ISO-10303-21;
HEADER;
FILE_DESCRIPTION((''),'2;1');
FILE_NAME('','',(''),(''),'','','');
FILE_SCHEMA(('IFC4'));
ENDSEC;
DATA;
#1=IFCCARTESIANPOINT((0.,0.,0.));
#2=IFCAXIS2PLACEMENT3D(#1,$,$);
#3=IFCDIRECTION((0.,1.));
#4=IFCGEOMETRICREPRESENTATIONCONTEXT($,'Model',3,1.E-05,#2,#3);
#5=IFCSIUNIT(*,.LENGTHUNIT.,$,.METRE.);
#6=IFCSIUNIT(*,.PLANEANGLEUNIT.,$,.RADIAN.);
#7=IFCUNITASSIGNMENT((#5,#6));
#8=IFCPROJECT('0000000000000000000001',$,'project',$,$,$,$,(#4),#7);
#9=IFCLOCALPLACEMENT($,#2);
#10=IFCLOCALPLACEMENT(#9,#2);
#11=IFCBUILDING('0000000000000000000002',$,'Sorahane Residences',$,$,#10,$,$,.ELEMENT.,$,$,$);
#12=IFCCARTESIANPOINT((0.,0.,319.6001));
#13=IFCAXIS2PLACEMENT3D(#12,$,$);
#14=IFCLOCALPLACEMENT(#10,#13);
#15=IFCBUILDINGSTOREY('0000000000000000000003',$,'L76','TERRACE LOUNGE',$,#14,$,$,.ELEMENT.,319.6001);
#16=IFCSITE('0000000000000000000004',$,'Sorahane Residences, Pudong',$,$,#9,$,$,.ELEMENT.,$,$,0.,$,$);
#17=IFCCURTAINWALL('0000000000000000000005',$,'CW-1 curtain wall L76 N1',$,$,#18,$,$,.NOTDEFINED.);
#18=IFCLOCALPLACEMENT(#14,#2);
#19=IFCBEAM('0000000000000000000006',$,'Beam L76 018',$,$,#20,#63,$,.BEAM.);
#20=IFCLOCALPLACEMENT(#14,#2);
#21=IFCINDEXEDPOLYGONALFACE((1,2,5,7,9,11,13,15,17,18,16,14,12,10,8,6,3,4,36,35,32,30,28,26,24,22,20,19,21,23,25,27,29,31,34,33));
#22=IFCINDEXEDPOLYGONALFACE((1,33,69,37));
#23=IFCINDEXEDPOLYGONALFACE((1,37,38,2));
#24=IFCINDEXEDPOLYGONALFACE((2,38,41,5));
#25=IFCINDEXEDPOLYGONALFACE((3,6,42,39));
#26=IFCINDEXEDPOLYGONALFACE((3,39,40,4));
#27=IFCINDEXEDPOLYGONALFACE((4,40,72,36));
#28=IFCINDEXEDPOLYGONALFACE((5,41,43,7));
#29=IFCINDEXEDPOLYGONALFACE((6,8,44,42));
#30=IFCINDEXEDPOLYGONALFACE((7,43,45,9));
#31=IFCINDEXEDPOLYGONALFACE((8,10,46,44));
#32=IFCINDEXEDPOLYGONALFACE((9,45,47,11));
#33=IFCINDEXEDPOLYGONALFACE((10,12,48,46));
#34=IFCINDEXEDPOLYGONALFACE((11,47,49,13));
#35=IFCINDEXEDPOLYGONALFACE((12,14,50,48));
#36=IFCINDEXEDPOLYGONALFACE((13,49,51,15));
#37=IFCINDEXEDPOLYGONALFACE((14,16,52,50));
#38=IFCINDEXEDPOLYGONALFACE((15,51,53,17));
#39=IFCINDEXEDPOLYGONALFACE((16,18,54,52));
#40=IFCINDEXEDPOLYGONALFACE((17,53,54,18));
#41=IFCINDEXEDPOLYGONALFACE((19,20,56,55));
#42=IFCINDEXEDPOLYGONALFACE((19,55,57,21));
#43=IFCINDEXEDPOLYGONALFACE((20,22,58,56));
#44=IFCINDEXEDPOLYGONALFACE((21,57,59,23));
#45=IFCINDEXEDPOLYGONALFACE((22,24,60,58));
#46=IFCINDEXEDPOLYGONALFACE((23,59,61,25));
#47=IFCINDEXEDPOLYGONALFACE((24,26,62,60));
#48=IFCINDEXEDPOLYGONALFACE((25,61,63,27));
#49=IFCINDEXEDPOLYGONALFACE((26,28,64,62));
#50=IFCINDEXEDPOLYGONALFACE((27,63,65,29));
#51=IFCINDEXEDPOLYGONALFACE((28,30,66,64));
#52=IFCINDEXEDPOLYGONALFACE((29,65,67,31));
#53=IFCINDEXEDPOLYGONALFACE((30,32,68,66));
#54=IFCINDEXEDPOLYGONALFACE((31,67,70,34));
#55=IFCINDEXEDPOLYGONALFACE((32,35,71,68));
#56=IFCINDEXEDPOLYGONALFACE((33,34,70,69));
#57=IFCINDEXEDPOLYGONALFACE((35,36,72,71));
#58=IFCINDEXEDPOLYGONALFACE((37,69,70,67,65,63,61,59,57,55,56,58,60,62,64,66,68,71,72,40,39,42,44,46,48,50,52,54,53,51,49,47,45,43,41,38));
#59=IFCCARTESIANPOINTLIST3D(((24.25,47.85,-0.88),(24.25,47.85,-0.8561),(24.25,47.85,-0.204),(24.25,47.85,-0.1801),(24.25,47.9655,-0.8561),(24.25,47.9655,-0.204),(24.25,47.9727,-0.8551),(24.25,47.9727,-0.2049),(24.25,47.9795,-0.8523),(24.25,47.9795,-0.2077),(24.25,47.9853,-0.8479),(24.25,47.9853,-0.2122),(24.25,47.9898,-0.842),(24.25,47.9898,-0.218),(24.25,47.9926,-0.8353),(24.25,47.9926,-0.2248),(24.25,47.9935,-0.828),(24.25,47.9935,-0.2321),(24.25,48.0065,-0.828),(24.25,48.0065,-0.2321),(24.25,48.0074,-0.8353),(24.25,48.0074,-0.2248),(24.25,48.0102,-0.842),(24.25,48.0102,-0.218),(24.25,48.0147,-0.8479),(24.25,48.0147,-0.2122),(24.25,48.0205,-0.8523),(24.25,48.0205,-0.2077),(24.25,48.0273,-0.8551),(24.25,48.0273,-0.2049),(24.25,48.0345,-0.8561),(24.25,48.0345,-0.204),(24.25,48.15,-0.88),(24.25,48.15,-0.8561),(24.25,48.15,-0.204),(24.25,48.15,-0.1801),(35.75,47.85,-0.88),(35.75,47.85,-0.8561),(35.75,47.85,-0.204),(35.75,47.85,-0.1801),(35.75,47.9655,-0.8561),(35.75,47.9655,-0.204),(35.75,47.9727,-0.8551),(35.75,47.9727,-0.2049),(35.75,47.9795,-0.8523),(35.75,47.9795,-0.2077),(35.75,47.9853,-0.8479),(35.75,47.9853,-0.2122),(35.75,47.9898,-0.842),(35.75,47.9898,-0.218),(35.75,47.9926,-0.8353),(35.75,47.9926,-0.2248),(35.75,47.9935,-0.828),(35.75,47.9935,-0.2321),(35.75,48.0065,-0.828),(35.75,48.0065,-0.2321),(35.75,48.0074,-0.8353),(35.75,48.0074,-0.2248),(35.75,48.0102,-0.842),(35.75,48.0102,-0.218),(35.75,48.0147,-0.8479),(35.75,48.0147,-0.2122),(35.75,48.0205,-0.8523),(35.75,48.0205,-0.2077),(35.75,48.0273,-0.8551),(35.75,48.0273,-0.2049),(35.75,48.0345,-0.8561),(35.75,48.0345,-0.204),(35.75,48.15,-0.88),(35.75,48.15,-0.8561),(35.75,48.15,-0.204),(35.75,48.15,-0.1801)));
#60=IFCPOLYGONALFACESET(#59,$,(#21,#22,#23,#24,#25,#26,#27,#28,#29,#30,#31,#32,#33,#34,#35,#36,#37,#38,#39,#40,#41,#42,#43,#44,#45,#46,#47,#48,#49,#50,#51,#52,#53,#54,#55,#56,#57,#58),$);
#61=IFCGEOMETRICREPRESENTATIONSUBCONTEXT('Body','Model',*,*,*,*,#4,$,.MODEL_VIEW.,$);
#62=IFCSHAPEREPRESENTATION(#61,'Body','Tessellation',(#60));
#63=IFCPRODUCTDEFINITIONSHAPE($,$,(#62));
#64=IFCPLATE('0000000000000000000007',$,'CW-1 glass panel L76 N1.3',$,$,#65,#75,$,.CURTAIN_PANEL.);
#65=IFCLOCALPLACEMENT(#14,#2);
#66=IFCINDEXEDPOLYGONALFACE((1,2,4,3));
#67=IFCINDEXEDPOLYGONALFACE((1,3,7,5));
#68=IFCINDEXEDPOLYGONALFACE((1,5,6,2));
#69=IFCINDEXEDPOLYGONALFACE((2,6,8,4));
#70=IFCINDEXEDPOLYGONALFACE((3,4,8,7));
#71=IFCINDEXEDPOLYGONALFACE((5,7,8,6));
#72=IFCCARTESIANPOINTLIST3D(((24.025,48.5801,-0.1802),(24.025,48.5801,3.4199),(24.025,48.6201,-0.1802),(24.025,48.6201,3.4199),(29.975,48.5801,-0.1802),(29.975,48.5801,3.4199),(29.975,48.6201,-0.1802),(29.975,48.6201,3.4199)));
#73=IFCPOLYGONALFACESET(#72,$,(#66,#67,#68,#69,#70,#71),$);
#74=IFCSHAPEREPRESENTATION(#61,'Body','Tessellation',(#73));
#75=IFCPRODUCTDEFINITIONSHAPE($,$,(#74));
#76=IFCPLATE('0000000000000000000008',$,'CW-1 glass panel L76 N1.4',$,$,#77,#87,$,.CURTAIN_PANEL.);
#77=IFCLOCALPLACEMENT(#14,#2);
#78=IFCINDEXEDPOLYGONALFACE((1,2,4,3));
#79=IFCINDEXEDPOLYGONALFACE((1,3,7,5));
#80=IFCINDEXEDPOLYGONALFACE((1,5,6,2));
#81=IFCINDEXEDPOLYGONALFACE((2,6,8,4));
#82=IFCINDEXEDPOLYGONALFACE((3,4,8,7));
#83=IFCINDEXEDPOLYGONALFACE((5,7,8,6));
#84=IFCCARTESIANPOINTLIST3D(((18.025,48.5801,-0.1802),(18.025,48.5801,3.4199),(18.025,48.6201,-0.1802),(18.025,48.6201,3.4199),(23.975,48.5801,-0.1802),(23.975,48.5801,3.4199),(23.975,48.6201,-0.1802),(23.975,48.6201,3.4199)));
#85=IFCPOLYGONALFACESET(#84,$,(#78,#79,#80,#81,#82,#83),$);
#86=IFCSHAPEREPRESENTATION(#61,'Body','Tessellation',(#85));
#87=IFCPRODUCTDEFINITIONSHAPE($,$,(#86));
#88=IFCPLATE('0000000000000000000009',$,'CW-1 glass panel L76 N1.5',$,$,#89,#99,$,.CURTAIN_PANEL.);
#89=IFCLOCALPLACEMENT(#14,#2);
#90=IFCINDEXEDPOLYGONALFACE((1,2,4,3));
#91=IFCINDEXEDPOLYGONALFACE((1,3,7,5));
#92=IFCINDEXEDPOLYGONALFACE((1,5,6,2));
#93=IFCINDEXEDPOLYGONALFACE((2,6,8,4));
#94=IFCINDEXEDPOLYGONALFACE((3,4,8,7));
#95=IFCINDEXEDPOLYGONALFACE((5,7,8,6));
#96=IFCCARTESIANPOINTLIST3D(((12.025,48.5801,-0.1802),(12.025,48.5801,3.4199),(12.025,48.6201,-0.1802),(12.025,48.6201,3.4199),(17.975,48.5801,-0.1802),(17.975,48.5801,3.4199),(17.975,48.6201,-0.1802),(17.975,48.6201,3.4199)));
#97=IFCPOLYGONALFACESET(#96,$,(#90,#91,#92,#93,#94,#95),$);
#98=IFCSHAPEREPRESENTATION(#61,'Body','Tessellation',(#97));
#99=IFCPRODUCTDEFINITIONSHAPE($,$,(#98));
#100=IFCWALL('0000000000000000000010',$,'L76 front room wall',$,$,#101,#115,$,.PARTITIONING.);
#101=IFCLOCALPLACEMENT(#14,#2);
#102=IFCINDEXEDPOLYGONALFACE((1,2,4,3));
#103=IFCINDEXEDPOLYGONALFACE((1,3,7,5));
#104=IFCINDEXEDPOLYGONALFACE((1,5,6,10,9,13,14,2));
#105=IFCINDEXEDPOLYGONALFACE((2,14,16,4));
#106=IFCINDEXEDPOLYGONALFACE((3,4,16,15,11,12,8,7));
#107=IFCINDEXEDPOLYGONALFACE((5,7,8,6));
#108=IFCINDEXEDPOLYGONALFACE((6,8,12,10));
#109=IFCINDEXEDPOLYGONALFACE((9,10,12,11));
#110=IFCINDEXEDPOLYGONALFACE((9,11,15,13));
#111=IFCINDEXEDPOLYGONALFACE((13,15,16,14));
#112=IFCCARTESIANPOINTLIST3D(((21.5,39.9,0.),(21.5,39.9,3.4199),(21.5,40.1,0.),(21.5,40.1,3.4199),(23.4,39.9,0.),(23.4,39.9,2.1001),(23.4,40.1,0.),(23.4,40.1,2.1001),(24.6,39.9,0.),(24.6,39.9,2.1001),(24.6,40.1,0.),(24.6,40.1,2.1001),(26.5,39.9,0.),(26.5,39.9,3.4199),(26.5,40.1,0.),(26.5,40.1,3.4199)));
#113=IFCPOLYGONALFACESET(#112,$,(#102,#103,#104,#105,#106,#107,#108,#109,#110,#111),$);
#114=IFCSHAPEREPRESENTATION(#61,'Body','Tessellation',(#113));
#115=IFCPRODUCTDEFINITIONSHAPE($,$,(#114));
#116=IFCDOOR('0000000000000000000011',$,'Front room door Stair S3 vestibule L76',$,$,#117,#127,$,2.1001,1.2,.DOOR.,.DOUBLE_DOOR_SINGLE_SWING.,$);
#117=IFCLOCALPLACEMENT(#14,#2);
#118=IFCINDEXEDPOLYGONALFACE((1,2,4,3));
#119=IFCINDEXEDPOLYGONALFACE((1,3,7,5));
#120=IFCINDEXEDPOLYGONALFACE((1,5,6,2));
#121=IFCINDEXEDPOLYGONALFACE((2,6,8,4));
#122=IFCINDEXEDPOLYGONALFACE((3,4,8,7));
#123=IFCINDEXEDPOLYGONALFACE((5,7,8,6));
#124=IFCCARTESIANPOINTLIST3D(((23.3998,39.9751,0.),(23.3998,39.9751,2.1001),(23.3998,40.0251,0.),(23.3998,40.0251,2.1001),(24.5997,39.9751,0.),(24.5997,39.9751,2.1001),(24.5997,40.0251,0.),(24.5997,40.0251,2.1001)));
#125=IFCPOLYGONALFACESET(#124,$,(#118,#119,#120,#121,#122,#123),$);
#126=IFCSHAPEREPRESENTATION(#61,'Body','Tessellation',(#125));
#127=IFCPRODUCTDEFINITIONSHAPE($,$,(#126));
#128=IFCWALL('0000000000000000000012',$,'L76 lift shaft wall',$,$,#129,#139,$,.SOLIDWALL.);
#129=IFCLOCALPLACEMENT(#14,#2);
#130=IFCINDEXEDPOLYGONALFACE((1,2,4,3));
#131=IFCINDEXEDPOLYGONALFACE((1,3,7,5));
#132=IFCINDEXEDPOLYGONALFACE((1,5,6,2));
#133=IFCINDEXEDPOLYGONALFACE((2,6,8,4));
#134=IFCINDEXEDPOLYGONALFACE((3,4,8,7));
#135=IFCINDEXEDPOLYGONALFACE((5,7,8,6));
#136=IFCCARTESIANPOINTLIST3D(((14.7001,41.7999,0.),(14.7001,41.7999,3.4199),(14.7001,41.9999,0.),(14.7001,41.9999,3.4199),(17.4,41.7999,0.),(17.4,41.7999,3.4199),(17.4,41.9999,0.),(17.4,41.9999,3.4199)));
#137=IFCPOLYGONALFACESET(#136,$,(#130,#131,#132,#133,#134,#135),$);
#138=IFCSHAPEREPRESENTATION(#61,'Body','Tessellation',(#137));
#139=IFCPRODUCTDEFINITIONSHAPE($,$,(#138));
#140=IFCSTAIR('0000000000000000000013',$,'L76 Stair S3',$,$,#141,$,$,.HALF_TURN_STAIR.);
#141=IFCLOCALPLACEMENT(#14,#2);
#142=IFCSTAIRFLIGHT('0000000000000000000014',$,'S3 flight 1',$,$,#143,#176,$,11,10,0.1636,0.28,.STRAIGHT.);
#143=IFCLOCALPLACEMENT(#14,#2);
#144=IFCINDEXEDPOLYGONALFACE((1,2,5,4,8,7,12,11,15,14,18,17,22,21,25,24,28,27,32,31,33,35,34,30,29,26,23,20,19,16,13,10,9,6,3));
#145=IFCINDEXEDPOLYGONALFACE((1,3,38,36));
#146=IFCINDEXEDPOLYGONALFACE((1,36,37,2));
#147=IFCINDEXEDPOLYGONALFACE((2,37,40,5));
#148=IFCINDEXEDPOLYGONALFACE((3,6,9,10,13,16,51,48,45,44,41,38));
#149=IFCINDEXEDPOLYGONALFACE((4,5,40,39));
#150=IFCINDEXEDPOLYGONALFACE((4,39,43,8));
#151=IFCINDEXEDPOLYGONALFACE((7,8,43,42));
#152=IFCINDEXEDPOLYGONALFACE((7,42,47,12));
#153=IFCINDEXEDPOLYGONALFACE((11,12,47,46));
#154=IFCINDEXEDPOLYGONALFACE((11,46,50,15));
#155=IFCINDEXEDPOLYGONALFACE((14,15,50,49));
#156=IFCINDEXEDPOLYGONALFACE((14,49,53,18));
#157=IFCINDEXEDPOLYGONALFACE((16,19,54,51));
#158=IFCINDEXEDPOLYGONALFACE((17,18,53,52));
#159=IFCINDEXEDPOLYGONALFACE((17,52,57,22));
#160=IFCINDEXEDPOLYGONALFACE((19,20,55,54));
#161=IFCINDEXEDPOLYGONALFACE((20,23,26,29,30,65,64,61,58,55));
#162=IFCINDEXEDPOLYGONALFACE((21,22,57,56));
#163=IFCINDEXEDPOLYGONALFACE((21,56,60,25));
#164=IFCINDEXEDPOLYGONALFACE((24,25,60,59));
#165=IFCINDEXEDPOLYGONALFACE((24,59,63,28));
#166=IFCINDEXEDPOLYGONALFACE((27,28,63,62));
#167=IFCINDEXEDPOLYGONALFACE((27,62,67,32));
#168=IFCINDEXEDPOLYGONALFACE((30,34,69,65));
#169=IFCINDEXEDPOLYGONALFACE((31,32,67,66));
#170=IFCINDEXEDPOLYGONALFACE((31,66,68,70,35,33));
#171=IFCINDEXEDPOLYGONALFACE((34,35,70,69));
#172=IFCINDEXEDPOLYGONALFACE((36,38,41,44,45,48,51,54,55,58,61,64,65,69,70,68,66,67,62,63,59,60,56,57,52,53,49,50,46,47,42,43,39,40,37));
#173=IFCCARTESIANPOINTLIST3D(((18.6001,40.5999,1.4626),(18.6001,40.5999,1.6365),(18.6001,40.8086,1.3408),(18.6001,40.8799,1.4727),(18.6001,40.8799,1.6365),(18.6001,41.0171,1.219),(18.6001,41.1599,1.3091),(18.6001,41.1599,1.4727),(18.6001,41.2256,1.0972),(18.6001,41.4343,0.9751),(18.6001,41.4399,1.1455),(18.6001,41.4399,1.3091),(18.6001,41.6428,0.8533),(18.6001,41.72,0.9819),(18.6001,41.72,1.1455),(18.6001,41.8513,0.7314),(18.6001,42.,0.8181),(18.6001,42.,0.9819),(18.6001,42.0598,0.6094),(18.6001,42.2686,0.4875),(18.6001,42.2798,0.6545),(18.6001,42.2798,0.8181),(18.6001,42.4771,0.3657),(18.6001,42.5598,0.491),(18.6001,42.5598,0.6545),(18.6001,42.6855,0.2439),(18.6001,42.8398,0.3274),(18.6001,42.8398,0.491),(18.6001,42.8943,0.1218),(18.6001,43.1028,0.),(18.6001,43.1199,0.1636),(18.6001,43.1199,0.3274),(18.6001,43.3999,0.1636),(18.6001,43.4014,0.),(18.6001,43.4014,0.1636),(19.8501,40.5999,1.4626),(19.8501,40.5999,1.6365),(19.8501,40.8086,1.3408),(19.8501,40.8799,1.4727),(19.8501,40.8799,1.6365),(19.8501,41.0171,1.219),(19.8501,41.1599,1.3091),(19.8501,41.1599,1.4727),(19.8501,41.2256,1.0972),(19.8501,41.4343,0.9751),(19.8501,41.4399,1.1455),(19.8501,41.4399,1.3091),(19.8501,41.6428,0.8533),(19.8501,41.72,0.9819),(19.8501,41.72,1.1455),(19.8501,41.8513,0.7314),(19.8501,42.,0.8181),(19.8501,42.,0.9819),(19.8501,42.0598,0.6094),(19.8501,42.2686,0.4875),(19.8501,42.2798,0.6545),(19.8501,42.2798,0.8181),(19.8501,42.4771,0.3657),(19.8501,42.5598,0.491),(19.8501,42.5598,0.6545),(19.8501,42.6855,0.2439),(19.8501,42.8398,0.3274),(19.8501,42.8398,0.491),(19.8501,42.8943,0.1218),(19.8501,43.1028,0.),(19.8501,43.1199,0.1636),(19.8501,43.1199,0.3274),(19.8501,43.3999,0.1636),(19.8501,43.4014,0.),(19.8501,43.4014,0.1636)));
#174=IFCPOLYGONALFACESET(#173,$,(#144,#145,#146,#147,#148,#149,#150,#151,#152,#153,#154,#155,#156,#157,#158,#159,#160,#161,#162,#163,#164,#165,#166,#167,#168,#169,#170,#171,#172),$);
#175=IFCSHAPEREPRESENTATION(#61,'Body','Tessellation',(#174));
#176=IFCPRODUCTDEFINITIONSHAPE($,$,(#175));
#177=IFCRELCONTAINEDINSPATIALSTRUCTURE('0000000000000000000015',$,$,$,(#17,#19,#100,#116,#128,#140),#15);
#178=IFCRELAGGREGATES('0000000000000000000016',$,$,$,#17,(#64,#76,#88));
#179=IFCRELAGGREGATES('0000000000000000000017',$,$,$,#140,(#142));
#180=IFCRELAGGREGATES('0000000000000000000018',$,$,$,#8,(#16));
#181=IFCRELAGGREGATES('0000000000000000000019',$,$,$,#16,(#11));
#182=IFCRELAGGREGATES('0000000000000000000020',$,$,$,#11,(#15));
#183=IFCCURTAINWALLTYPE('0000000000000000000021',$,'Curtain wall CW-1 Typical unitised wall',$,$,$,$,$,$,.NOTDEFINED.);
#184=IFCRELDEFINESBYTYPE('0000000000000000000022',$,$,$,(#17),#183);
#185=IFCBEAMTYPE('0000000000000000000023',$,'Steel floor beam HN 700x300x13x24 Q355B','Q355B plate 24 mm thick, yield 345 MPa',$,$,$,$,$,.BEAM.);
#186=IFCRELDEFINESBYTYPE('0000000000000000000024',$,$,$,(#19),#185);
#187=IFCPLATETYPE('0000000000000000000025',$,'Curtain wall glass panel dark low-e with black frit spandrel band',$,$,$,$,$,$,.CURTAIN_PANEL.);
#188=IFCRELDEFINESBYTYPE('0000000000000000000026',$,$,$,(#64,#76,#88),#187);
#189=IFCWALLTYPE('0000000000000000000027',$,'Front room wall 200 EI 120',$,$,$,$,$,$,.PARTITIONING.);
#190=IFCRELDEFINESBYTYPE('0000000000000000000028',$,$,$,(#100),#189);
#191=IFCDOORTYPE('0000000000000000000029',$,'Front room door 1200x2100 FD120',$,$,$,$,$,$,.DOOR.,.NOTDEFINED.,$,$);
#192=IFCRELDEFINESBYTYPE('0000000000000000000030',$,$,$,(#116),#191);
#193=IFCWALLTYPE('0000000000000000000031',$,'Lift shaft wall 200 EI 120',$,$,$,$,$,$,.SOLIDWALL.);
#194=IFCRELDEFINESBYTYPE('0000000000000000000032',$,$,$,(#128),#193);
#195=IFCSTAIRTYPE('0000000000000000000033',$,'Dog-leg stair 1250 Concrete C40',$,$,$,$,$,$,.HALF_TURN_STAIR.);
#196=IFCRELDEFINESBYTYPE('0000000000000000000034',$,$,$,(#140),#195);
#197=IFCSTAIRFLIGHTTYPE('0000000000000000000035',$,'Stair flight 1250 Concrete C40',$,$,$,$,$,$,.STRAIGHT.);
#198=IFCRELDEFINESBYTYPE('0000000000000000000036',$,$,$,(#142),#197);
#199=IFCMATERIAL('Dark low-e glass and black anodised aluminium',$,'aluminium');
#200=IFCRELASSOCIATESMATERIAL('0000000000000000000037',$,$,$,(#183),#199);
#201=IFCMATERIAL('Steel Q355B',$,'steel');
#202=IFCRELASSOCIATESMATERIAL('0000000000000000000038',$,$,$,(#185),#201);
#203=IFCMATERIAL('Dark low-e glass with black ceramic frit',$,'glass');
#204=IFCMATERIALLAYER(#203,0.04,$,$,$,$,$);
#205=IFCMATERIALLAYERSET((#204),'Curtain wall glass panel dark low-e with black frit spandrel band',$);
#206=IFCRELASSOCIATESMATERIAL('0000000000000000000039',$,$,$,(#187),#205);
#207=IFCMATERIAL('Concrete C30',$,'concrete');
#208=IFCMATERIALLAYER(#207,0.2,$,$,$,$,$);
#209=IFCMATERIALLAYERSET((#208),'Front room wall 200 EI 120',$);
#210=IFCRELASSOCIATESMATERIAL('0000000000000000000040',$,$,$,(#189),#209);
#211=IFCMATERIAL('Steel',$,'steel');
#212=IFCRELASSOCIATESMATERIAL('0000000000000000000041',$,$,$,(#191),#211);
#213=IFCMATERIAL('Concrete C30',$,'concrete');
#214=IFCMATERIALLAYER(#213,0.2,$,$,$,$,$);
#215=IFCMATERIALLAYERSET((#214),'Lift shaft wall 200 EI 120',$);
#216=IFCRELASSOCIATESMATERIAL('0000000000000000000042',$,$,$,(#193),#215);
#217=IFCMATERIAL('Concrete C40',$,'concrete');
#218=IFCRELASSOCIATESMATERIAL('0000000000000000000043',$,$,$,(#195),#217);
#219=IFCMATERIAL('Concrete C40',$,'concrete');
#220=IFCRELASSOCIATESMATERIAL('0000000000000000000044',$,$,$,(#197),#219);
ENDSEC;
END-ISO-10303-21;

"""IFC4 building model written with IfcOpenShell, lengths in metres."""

from ifc_helpers import new_model, si_unit, direction, frame, frame_2d, origin, origin_2d, place, context, subcontext, project, spatial, polyline, rectangle, i_section, outline, extrude, material, layer, layer_set, material_profile, profile_set, type_object, element, fill, aggregate, save


model = new_model("IFC4")

# Units and contexts
model_context = context("Model", 3, precision=1e-05, world=origin(), true_north=direction((0.0, 1.0)))
body_context = subcontext(model_context, "Body", "Model", "MODEL_VIEW")
ifc_project = project(units=[si_unit("LENGTHUNIT", "METRE"), si_unit("PLANEANGLEUNIT", "RADIAN")], contexts=[model_context])

# Site, building, storey
site_placement = place(None, origin())
site = spatial("IfcSite", under=ifc_project, at=site_placement, Name="Sorahane Residences, Pudong", CompositionType="ELEMENT", RefElevation=0.0)
building_placement = place(site_placement, origin())
building = spatial("IfcBuilding", under=site, at=building_placement, Name="Sorahane Residences", CompositionType="ELEMENT")
storey_placement = place(building_placement, frame((0.0, 0.0, 319.6001)))
storey = spatial("IfcBuildingStorey", under=building, at=storey_placement, Name="L76", Description="TERRACE LOUNGE", CompositionType="ELEMENT", Elevation=319.6001)

# Curtain wall
ifc_material_1 = material(Name="Dark low-e glass and black anodised aluminium", Category="aluminium")
curtain_wall_type = type_object("IfcCurtainWallType", Name="Curtain wall CW-1 Typical unitised wall", PredefinedType="NOTDEFINED", material=ifc_material_1)
curtain_wall_placement = place(storey_placement, origin())
curtain_wall = element("IfcCurtainWall", 1, at=curtain_wall_placement, inside=storey, type_object=curtain_wall_type, Name="CW-1 curtain wall L76 N1", PredefinedType="NOTDEFINED")

# Beam
ifc_material_2 = material(Name="Steel Q355B", Category="steel")
ifc_material_profile_1 = material_profile(ifc_material_2, i_section(OverallWidth=0.3, OverallDepth=0.7, WebThickness=0.0129, FlangeThickness=0.0239, FilletRadius=0.0281, at=origin_2d()), Name="HN 700x300x13x24")
ifc_profile_set_1 = profile_set([ifc_material_profile_1], Name="Steel Q355B")
beam_type_1 = type_object("IfcBeamType", Name="Steel floor beam HN 700x300x13x24 Q355B", Description="Q355B plate 24 mm thick, yield 345 MPa", PredefinedType="BEAM", material=ifc_profile_set_1)
beam_1_placement = place(storey_placement, frame((24.25, 48.0, -0.53), z_axis=(1.0, 0.0, 0.0), x_axis=(0.0, 1.0, 0.0)))
element("IfcBeam", 2, at=beam_1_placement, inside=storey, type_object=beam_type_1, Name="Beam L76 018", PredefinedType="BEAM", context=body_context, shape_type="SweptSolid", body=[
    extrude(i_section(OverallWidth=0.3, OverallDepth=0.7, WebThickness=0.0129, FlangeThickness=0.0239, FilletRadius=0.0281, at=origin_2d()), origin(), (0.0, 0.0, 1.0), 11.5),
])

# Plates
ifc_material_3 = material(Name="Dark low-e glass with black ceramic frit", Category="glass")
ifc_layer_1 = layer(ifc_material_3, 0.04)
ifc_layer_set_1 = layer_set([ifc_layer_1], Name="Curtain wall glass panel dark low-e with black frit spandrel band")
plate_type = type_object("IfcPlateType", Name="Curtain wall glass panel dark low-e with black frit spandrel band", PredefinedType="CURTAIN_PANEL", material=ifc_layer_set_1)
plate_1_placement = place(storey_placement, frame((27.0, 48.6001, -0.1802), z_axis=(0.0, 0.0, 1.0), x_axis=(-1.0, 0.0, 0.0)))
plate_1 = element("IfcPlate", 3, at=plate_1_placement, type_object=plate_type, Name="CW-1 glass panel L76 N1.3", PredefinedType="CURTAIN_PANEL", context=body_context, shape_type="SweptSolid", body=[
    extrude(rectangle(XDim=5.95, YDim=0.04, at=origin_2d()), origin(), (0.0, 0.0, 1.0), 3.6001),
])
plate_2_placement = place(storey_placement, frame((21.0, 48.6001, -0.1802), z_axis=(0.0, 0.0, 1.0), x_axis=(-1.0, 0.0, 0.0)))
plate_2 = element("IfcPlate", 4, at=plate_2_placement, type_object=plate_type, Name="CW-1 glass panel L76 N1.4", PredefinedType="CURTAIN_PANEL", context=body_context, shape_type="SweptSolid", body=[
    extrude(rectangle(XDim=5.95, YDim=0.04, at=origin_2d()), origin(), (0.0, 0.0, 1.0), 3.6001),
])
plate_3_placement = place(storey_placement, frame((15.0, 48.6001, -0.1802), z_axis=(0.0, 0.0, 1.0), x_axis=(-1.0, 0.0, 0.0)))
plate_3 = element("IfcPlate", 5, at=plate_3_placement, type_object=plate_type, Name="CW-1 glass panel L76 N1.5", PredefinedType="CURTAIN_PANEL", context=body_context, shape_type="SweptSolid", body=[
    extrude(rectangle(XDim=5.95, YDim=0.04, at=origin_2d()), origin(), (0.0, 0.0, 1.0), 3.6001),
])
aggregate(curtain_wall, [plate_1, plate_2, plate_3])

# Wall, opening, door
ifc_material_4 = material(Name="Concrete C30", Category="concrete")
ifc_layer_2 = layer(ifc_material_4, 0.2)
ifc_layer_set_2 = layer_set([ifc_layer_2], Name="Front room wall 200 EI 120")
wall_type_1 = type_object("IfcWallType", Name="Front room wall 200 EI 120", PredefinedType="PARTITIONING", material=ifc_layer_set_2)
wall_1_placement = place(storey_placement, frame((21.5, 40.0, 0.0), z_axis=(0.0, 0.0, 1.0), x_axis=(1.0, 0.0, 0.0)))
wall_1 = element("IfcWall", 6, at=wall_1_placement, inside=storey, type_object=wall_type_1, Name="L76 front room wall", PredefinedType="PARTITIONING", context=body_context, shape_type="SweptSolid", body=[
    extrude(rectangle(XDim=5.0, YDim=0.2, at=frame_2d((2.5, 0.0))), origin(), (0.0, 0.0, 1.0), 3.4199),
])
opening_placement = place(wall_1_placement, frame((1.8999, 0.0, 0.0)))
opening = element("IfcOpeningElement", 7, at=opening_placement, cuts=wall_1, PredefinedType="OPENING", context=body_context, shape_type="SweptSolid", body=[
    extrude(rectangle(XDim=1.2, YDim=2.1001, at=frame_2d((0.6001, 1.05))), frame((0.0, 0.1099, 0.0), z_axis=(0.0, -1.0, 0.0), x_axis=(1.0, 0.0, 0.0)), (0.0, 0.0, 1.0), 0.22),
])
ifc_material_5 = material(Name="Steel", Category="steel")
door_type = type_object("IfcDoorType", Name="Front room door 1200x2100 FD120", OperationType="NOTDEFINED", PredefinedType="DOOR", material=ifc_material_5)
door_placement = place(opening_placement, frame((1.2, 0.0, 0.0), z_axis=(0.0, 0.0, 1.0), x_axis=(-1.0, 0.0, 0.0)))
door = element("IfcDoor", 8, at=door_placement, inside=storey, type_object=door_type, Name="Front room door Stair S3 vestibule L76", OperationType="DOUBLE_DOOR_SINGLE_SWING", OverallHeight=2.1001, OverallWidth=1.2, PredefinedType="DOOR", context=body_context, shape_type="SweptSolid", body=[
    extrude(rectangle(XDim=1.2, YDim=2.1001, at=frame_2d((0.6001, 1.05))), frame((0.0, 0.0249, 0.0), z_axis=(0.0, -1.0, 0.0), x_axis=(1.0, 0.0, 0.0)), (0.0, 0.0, 1.0), 0.05),
])
fill(opening, door)

# Wall
ifc_material_6 = material(Name="Concrete C30", Category="concrete")
ifc_layer_3 = layer(ifc_material_6, 0.2)
ifc_layer_set_3 = layer_set([ifc_layer_3], Name="Lift shaft wall 200 EI 120")
wall_type_2 = type_object("IfcWallType", Name="Lift shaft wall 200 EI 120", PredefinedType="SOLIDWALL", material=ifc_layer_set_3)
wall_2_placement = place(storey_placement, frame((14.7, 41.8999, 0.0), z_axis=(0.0, 0.0, 1.0), x_axis=(1.0, 0.0, 0.0)))
element("IfcWall", 9, at=wall_2_placement, inside=storey, type_object=wall_type_2, Name="L76 lift shaft wall", PredefinedType="SOLIDWALL", context=body_context, shape_type="SweptSolid", body=[
    extrude(rectangle(XDim=2.7, YDim=0.2, at=frame_2d((1.3501, 0.0))), origin(), (0.0, 0.0, 1.0), 3.4199),
])

# Stair, stair flight
ifc_material_7 = material(Name="Concrete C40", Category="concrete")
stair_type = type_object("IfcStairType", Name="Dog-leg stair 1250 Concrete C40", PredefinedType="HALF_TURN_STAIR", material=ifc_material_7)
stair_placement = place(storey_placement, origin())
stair = element("IfcStair", 10, at=stair_placement, inside=storey, type_object=stair_type, Name="L76 Stair S3", PredefinedType="HALF_TURN_STAIR")
ifc_material_8 = material(Name="Concrete C40", Category="concrete")
stair_flight_type = type_object("IfcStairFlightType", Name="Stair flight 1250 Concrete C40", PredefinedType="STRAIGHT", material=ifc_material_8)
stair_flight_1_placement = place(storey_placement, frame((19.2251, 43.3999, 0.0), z_axis=(0.0, 0.0, 1.0), x_axis=(0.0, -1.0, 0.0)))
stair_flight_1 = element("IfcStairFlight", 11, at=stair_flight_1_placement, type_object=stair_flight_type, Name="S3 flight 1", NumberOfRisers=11, NumberOfTreads=10, PredefinedType="STRAIGHT", RiserHeight=0.1636, TreadLength=0.28, context=body_context, shape_type="SweptSolid", body=[
    extrude(outline(polyline([(-0.0015, 0.0), (-0.0015, 0.1636), (0.0, 0.1636), (0.28, 0.1636), (0.28, 0.3274), (0.5601, 0.3274), (0.5601, 0.491), (0.8401, 0.491), (0.8401, 0.6545), (1.1201, 0.6545), (1.1201, 0.8181), (1.3999, 0.8181), (1.3999, 0.9819), (1.6799, 0.9819), (1.6799, 1.1455), (1.96, 1.1455), (1.96, 1.3091), (2.24, 1.3091), (2.24, 1.4727), (2.52, 1.4727), (2.52, 1.6365), (2.8, 1.6365), (2.8, 1.8), (2.8, 1.4626), (2.5913, 1.3408), (2.3828, 1.219), (2.1743, 1.0972), (1.9656, 0.9751), (1.7571, 0.8533), (1.5486, 0.7314), (1.3401, 0.6094), (1.1313, 0.4875), (0.9229, 0.3657), (0.7144, 0.2439), (0.5056, 0.1218), (0.2971, 0.0), (-0.0015, 0.0)])), frame((0.0, 0.625, 0.0), z_axis=(0.0, -1.0, 0.0), x_axis=(1.0, 0.0, 0.0)), (0.0, 0.0, 1.0), 1.25),
])
aggregate(stair, [stair_flight_1])

save(model, "model.ifc")
